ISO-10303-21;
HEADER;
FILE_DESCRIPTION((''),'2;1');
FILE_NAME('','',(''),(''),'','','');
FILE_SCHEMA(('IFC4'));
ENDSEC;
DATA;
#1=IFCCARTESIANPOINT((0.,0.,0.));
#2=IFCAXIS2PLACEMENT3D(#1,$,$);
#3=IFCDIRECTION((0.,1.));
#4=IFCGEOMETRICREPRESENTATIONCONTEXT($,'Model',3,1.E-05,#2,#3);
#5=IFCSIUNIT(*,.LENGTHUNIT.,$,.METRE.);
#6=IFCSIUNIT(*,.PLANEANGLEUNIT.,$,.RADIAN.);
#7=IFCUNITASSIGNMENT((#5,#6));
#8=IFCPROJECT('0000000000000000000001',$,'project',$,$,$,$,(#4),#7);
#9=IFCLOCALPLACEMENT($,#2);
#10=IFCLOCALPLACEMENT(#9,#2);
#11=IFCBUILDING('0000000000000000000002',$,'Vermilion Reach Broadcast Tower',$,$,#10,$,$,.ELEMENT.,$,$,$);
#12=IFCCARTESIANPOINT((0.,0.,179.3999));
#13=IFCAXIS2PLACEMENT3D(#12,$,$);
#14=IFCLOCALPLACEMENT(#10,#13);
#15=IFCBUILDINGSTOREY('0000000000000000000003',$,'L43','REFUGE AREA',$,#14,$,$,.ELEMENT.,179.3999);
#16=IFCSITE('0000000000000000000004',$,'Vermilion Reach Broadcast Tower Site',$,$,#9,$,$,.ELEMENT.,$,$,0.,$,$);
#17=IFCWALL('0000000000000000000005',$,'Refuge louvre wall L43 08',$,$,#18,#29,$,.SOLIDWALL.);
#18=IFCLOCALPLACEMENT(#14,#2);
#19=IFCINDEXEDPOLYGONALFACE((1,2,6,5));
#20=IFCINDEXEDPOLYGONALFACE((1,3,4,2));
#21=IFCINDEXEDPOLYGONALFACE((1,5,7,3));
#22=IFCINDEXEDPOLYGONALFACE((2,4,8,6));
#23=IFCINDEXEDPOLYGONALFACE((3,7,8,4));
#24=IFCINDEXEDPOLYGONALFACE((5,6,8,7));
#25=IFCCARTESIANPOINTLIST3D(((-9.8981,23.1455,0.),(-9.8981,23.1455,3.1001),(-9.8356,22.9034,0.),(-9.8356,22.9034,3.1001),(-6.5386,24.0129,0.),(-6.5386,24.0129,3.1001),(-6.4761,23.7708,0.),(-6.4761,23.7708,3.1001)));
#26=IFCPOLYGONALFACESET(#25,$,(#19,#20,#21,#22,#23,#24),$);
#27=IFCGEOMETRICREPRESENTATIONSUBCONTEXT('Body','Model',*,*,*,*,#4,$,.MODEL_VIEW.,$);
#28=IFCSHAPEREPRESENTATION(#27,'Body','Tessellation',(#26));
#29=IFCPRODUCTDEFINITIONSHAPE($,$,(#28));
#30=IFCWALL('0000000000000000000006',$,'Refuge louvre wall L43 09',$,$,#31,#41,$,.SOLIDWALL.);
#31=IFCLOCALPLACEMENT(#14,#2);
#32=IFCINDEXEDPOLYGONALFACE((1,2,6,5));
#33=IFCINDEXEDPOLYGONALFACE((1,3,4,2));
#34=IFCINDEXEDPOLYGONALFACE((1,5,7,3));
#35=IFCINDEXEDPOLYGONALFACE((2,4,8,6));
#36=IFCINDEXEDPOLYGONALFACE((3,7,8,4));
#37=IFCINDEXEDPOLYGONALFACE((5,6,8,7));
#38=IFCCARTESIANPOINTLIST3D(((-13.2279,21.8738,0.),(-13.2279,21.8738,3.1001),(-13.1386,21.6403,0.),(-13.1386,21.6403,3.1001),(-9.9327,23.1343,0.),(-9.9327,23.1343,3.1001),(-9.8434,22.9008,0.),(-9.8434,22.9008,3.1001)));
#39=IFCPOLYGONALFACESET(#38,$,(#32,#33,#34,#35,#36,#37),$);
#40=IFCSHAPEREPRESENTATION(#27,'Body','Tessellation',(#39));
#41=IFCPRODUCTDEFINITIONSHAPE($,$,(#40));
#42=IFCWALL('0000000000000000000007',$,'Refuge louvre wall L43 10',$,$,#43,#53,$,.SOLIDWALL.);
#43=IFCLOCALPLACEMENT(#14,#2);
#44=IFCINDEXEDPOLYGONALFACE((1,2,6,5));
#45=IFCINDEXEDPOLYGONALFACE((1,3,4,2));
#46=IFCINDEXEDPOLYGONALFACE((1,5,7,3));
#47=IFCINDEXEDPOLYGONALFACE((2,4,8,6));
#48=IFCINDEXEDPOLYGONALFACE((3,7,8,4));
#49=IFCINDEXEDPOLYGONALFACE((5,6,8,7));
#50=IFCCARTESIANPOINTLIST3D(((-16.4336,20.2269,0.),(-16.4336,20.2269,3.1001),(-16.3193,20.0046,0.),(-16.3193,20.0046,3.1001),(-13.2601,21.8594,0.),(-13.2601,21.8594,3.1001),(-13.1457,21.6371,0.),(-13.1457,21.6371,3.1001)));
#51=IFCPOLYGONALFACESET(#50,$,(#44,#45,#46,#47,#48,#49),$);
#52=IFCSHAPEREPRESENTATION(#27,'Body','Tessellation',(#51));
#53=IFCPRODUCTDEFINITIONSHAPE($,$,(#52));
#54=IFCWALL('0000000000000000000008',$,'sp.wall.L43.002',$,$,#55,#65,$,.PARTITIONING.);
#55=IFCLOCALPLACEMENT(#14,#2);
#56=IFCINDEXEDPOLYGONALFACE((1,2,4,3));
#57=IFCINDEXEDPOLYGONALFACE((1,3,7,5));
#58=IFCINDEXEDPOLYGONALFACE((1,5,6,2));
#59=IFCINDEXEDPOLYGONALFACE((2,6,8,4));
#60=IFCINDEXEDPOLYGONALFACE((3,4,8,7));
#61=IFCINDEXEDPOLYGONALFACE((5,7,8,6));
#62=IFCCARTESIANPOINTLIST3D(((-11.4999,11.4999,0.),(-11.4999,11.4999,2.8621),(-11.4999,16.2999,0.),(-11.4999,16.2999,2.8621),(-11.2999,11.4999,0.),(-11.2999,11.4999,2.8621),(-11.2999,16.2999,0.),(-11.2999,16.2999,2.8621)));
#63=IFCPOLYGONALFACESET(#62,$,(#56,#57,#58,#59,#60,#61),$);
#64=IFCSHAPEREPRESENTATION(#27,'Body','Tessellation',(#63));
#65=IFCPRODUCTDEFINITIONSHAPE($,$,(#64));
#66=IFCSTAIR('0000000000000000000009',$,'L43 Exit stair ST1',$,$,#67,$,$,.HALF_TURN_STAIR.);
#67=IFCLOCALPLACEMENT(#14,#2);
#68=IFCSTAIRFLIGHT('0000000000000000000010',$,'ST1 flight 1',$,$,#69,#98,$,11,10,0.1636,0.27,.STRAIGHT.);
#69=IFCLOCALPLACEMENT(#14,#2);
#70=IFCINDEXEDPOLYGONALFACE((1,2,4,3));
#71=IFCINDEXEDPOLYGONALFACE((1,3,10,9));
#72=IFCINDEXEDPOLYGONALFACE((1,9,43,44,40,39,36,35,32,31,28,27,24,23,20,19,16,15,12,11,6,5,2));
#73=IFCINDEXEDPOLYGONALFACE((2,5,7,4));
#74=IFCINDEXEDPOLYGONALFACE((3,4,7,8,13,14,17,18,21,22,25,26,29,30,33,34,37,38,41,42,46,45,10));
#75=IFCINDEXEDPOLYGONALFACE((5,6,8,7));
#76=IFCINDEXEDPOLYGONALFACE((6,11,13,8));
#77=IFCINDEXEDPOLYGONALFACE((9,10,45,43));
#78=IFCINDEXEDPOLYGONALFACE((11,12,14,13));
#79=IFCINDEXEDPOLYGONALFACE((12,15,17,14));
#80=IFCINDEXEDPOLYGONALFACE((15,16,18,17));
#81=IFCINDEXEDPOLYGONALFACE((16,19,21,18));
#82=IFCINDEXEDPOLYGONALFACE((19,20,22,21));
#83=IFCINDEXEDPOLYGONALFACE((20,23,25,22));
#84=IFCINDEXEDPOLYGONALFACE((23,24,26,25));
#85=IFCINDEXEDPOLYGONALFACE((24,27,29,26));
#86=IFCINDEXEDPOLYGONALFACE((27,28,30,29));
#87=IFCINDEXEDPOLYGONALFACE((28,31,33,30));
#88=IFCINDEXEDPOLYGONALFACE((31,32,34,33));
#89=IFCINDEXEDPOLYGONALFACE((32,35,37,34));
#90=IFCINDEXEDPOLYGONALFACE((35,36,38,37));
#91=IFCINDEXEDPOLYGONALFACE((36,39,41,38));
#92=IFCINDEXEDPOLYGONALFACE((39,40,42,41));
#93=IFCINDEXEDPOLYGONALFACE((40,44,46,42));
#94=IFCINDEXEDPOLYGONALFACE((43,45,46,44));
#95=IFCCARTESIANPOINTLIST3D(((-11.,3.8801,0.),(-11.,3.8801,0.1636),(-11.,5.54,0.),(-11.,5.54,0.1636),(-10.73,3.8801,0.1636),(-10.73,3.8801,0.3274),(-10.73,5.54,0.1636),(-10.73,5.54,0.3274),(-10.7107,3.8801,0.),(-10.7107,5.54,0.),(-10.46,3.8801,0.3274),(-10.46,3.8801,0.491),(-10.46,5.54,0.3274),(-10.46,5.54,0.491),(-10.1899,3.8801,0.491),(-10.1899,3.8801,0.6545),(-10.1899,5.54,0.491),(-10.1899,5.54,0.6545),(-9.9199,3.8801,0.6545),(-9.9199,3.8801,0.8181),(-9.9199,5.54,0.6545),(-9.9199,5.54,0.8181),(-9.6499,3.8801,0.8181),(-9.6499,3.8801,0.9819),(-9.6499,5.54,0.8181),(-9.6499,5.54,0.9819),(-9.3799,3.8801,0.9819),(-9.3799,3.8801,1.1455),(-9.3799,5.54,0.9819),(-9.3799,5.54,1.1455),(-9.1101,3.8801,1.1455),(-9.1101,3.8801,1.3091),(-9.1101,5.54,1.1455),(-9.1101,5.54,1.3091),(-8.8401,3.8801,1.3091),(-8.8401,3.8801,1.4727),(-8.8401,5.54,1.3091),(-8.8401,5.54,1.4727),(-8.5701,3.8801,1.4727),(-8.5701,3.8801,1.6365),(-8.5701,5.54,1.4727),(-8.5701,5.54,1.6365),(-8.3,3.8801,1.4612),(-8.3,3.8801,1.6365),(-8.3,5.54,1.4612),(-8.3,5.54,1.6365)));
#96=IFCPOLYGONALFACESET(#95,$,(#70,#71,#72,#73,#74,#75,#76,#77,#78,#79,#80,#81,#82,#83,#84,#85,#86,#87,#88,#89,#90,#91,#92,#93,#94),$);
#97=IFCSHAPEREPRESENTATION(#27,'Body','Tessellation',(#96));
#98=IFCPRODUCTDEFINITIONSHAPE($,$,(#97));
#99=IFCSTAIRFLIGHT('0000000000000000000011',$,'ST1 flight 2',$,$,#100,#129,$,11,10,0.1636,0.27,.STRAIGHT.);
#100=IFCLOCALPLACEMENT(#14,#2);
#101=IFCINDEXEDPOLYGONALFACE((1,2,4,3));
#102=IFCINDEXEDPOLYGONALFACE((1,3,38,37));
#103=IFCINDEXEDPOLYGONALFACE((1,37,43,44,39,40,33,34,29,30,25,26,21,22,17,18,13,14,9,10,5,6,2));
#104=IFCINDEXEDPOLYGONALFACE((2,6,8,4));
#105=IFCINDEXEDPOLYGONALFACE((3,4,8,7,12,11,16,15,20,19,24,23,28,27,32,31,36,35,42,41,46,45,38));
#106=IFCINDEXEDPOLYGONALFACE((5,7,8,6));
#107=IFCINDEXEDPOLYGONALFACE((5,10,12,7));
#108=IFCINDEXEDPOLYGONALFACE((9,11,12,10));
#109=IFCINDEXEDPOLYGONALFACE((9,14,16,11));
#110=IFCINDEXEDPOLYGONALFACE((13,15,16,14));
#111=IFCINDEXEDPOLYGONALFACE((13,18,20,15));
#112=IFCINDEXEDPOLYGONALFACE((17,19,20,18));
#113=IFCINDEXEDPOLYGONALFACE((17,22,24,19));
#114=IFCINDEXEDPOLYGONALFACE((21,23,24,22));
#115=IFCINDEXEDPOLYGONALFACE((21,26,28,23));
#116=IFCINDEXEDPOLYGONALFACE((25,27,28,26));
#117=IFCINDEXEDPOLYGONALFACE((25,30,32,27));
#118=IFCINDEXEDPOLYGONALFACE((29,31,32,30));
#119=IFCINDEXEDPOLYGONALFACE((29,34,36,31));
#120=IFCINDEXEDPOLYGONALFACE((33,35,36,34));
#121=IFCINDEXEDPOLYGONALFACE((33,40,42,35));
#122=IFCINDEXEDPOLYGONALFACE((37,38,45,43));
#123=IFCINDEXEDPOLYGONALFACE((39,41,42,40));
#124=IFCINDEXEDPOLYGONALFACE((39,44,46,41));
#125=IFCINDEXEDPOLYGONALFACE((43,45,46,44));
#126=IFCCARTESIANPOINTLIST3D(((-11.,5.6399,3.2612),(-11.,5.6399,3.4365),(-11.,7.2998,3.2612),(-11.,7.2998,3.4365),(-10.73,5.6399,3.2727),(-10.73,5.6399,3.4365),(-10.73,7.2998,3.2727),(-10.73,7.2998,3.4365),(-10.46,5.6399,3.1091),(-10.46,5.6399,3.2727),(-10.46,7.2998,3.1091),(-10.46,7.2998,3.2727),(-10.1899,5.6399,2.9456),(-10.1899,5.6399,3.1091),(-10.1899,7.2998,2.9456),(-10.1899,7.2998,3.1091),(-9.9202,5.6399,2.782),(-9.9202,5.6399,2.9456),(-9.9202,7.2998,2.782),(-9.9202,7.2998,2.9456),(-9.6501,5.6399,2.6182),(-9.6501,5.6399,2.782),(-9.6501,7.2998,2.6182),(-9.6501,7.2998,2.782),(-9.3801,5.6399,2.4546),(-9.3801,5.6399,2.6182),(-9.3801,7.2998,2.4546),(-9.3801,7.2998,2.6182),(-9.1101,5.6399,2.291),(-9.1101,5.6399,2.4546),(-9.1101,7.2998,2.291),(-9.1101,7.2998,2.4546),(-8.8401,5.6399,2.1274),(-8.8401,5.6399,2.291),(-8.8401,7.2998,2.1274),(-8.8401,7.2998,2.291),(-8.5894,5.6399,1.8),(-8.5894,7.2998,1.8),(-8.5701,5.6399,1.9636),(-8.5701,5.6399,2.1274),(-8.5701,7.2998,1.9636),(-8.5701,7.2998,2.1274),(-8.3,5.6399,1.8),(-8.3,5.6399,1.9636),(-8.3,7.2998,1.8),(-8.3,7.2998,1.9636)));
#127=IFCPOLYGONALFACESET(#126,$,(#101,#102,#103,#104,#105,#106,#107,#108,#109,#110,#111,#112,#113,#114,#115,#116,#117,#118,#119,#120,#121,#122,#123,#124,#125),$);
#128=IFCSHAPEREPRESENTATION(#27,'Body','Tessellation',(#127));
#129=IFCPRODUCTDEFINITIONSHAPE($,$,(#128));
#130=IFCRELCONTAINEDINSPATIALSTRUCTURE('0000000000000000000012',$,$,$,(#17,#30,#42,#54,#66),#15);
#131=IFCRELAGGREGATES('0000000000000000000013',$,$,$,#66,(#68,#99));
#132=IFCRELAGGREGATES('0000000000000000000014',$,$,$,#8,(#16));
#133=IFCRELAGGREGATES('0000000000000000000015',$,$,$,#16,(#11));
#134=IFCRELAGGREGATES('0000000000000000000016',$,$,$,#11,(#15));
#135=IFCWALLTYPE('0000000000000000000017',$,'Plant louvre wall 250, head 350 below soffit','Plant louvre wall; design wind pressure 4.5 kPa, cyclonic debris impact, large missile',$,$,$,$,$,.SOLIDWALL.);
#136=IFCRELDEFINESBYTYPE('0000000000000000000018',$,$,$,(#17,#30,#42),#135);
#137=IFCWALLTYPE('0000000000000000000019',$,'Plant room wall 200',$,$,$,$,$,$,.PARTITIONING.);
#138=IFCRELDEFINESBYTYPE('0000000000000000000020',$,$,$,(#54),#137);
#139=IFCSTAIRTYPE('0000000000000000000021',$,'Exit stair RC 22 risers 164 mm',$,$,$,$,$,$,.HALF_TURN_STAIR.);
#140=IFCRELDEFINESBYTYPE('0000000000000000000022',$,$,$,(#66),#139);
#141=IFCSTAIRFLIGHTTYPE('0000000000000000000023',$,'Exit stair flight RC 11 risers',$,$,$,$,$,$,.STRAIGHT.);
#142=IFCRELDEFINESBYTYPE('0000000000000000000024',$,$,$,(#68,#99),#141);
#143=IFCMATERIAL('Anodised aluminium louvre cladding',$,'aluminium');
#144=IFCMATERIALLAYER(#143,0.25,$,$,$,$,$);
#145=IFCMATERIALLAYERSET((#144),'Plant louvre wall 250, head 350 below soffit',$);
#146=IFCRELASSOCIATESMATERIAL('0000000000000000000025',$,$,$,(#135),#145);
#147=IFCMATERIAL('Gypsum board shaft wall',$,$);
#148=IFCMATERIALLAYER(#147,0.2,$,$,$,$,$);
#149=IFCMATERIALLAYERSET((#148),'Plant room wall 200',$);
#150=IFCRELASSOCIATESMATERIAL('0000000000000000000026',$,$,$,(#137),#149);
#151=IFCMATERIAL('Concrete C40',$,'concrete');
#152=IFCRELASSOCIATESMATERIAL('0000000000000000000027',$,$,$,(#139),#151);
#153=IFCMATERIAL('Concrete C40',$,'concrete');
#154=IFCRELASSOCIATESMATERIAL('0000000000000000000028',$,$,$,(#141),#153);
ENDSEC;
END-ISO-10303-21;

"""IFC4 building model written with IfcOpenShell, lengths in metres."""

from ifc_helpers import new_model, si_unit, direction, frame, frame_2d, origin, place, context, subcontext, project, spatial, polyline, rectangle, outline, extrude, material, layer, layer_set, type_object, element, aggregate, save


model = new_model("IFC4")

# Units and contexts
model_context = context("Model", 3, precision=1e-05, world=origin(), true_north=direction((0.0, 1.0)))
body_context = subcontext(model_context, "Body", "Model", "MODEL_VIEW")
ifc_project = project(units=[si_unit("LENGTHUNIT", "METRE"), si_unit("PLANEANGLEUNIT", "RADIAN")], contexts=[model_context])

# Site, building, storey
site_placement = place(None, origin())
site = spatial("IfcSite", under=ifc_project, at=site_placement, Name="Vermilion Reach Broadcast Tower Site", CompositionType="ELEMENT", RefElevation=0.0)
building_placement = place(site_placement, origin())
building = spatial("IfcBuilding", under=site, at=building_placement, Name="Vermilion Reach Broadcast Tower", CompositionType="ELEMENT")
storey_placement = place(building_placement, frame((0.0, 0.0, 179.3999)))
storey = spatial("IfcBuildingStorey", under=building, at=storey_placement, Name="L43", Description="REFUGE AREA", CompositionType="ELEMENT", Elevation=179.3999)

# Walls
ifc_material_1 = material(Name="Anodised aluminium louvre cladding", Category="aluminium")
ifc_layer_1 = layer(ifc_material_1, 0.25)
ifc_layer_set_1 = layer_set([ifc_layer_1], Name="Plant louvre wall 250, head 350 below soffit")
wall_type_1 = type_object("IfcWallType", Name="Plant louvre wall 250, head 350 below soffit", Description="Plant louvre wall; design wind pressure 4.5 kPa, cyclonic debris impact, large missile", PredefinedType="SOLIDWALL", material=ifc_layer_set_1)
wall_1_placement = place(storey_placement, frame((-6.5073, 23.8918, 0.0), z_axis=(0.0, 0.0, 1.0), x_axis=(-0.968247, -0.249995, 0.0)))
element("IfcWall", 1, at=wall_1_placement, inside=storey, type_object=wall_type_1, Name="Refuge louvre wall L43 08", PredefinedType="SOLIDWALL", context=body_context, shape_type="SweptSolid", body=[
    extrude(rectangle(XDim=3.4697, YDim=0.25, at=frame_2d((1.7349, 0.0))), origin(), (0.0, 0.0, 1.0), 3.1001),
])
wall_2_placement = place(storey_placement, frame((-9.8879, 23.0176, 0.0), z_axis=(0.0, 0.0, 1.0), x_axis=(-0.933997, -0.357281, 0.0)))
element("IfcWall", 2, at=wall_2_placement, inside=storey, type_object=wall_type_1, Name="Refuge louvre wall L43 09", PredefinedType="SOLIDWALL", context=body_context, shape_type="SweptSolid", body=[
    extrude(rectangle(XDim=3.5281, YDim=0.25, at=frame_2d((1.7642, 0.0))), origin(), (0.0, 0.0, 1.0), 3.1001),
])
wall_3_placement = place(storey_placement, frame((-13.2029, 21.7483, 0.0), z_axis=(0.0, 0.0, 1.0), x_axis=(-0.889238, -0.457445, 0.0)))
element("IfcWall", 3, at=wall_3_placement, inside=storey, type_object=wall_type_1, Name="Refuge louvre wall L43 10", PredefinedType="SOLIDWALL", context=body_context, shape_type="SweptSolid", body=[
    extrude(rectangle(XDim=3.5688, YDim=0.25, at=frame_2d((1.7844, 0.0))), origin(), (0.0, 0.0, 1.0), 3.1001),
])
ifc_material_2 = material(Name="Gypsum board shaft wall")
ifc_layer_2 = layer(ifc_material_2, 0.2)
ifc_layer_set_2 = layer_set([ifc_layer_2], Name="Plant room wall 200")
wall_type_2 = type_object("IfcWallType", Name="Plant room wall 200", PredefinedType="PARTITIONING", material=ifc_layer_set_2)
wall_4_placement = place(storey_placement, frame((-11.3999, 11.5, 0.0), z_axis=(0.0, 0.0, 1.0), x_axis=(0.0, 1.0, 0.0)))
element("IfcWall", 4, at=wall_4_placement, inside=storey, type_object=wall_type_2, Name="sp.wall.L43.002", PredefinedType="PARTITIONING", context=body_context, shape_type="SweptSolid", body=[
    extrude(rectangle(XDim=4.8, YDim=0.2, at=frame_2d((2.3999, 0.0))), origin(), (0.0, 0.0, 1.0), 2.8621),
])

# Stair, stair flights
ifc_material_3 = material(Name="Concrete C40", Category="concrete")
stair_type = type_object("IfcStairType", Name="Exit stair RC 22 risers 164 mm", PredefinedType="HALF_TURN_STAIR", material=ifc_material_3)
stair_placement = place(storey_placement, origin())
stair = element("IfcStair", 5, at=stair_placement, inside=storey, type_object=stair_type, Name="L43 Exit stair ST1", PredefinedType="HALF_TURN_STAIR")
ifc_material_4 = material(Name="Concrete C40", Category="concrete")
stair_flight_type = type_object("IfcStairFlightType", Name="Exit stair flight RC 11 risers", PredefinedType="STRAIGHT", material=ifc_material_4)
stair_flight_1_placement = place(storey_placement, frame((-11.0, 4.71, 0.0), z_axis=(0.0, 0.0, 1.0), x_axis=(1.0, 0.0, 0.0)))
stair_flight_1 = element("IfcStairFlight", 6, at=stair_flight_1_placement, type_object=stair_flight_type, Name="ST1 flight 1", NumberOfRisers=11, NumberOfTreads=10, PredefinedType="STRAIGHT", RiserHeight=0.1636, TreadLength=0.27, context=body_context, shape_type="SweptSolid", body=[
    extrude(outline(polyline([(0.0, 0.0), (0.0, 0.1636), (0.27, 0.1636), (0.27, 0.3274), (0.54, 0.3274), (0.54, 0.491), (0.8101, 0.491), (0.8101, 0.6545), (1.0801, 0.6545), (1.0801, 0.8181), (1.3501, 0.8181), (1.3501, 0.9819), (1.6201, 0.9819), (1.6201, 1.1455), (1.8899, 1.1455), (1.8899, 1.3091), (2.1599, 1.3091), (2.1599, 1.4727), (2.4299, 1.4727), (2.4299, 1.6365), (2.7, 1.6365), (2.7, 1.8), (2.7, 1.4612), (0.2893, 0.0), (0.0, 0.0)])), frame((0.0, 0.8301, 0.0), z_axis=(0.0, -1.0, 0.0), x_axis=(1.0, 0.0, 0.0)), (0.0, 0.0, 1.0), 1.6599),
])
stair_flight_2_placement = place(storey_placement, frame((-8.3, 6.47, 1.8), z_axis=(0.0, 0.0, 1.0), x_axis=(-1.0, 0.0, 0.0)))
stair_flight_2 = element("IfcStairFlight", 7, at=stair_flight_2_placement, type_object=stair_flight_type, Name="ST1 flight 2", NumberOfRisers=11, NumberOfTreads=10, PredefinedType="STRAIGHT", RiserHeight=0.1636, TreadLength=0.27, context=body_context, shape_type="SweptSolid", body=[
    extrude(outline(polyline([(0.0, 0.0), (0.0, 0.1636), (0.27, 0.1636), (0.27, 0.3274), (0.54, 0.3274), (0.54, 0.491), (0.8101, 0.491), (0.8101, 0.6545), (1.0801, 0.6545), (1.0801, 0.8181), (1.3501, 0.8181), (1.3501, 0.9819), (1.6201, 0.9819), (1.6201, 1.1455), (1.8899, 1.1455), (1.8899, 1.3091), (2.1599, 1.3091), (2.1599, 1.4727), (2.4299, 1.4727), (2.4299, 1.6365), (2.7, 1.6365), (2.7, 1.8), (2.7, 1.4612), (0.2893, 0.0), (0.0, 0.0)])), frame((0.0, 0.8301, 0.0), z_axis=(0.0, -1.0, 0.0), x_axis=(1.0, 0.0, 0.0)), (0.0, 0.0, 1.0), 1.6599),
])
aggregate(stair, [stair_flight_1, stair_flight_2])

save(model, "model.ifc")
